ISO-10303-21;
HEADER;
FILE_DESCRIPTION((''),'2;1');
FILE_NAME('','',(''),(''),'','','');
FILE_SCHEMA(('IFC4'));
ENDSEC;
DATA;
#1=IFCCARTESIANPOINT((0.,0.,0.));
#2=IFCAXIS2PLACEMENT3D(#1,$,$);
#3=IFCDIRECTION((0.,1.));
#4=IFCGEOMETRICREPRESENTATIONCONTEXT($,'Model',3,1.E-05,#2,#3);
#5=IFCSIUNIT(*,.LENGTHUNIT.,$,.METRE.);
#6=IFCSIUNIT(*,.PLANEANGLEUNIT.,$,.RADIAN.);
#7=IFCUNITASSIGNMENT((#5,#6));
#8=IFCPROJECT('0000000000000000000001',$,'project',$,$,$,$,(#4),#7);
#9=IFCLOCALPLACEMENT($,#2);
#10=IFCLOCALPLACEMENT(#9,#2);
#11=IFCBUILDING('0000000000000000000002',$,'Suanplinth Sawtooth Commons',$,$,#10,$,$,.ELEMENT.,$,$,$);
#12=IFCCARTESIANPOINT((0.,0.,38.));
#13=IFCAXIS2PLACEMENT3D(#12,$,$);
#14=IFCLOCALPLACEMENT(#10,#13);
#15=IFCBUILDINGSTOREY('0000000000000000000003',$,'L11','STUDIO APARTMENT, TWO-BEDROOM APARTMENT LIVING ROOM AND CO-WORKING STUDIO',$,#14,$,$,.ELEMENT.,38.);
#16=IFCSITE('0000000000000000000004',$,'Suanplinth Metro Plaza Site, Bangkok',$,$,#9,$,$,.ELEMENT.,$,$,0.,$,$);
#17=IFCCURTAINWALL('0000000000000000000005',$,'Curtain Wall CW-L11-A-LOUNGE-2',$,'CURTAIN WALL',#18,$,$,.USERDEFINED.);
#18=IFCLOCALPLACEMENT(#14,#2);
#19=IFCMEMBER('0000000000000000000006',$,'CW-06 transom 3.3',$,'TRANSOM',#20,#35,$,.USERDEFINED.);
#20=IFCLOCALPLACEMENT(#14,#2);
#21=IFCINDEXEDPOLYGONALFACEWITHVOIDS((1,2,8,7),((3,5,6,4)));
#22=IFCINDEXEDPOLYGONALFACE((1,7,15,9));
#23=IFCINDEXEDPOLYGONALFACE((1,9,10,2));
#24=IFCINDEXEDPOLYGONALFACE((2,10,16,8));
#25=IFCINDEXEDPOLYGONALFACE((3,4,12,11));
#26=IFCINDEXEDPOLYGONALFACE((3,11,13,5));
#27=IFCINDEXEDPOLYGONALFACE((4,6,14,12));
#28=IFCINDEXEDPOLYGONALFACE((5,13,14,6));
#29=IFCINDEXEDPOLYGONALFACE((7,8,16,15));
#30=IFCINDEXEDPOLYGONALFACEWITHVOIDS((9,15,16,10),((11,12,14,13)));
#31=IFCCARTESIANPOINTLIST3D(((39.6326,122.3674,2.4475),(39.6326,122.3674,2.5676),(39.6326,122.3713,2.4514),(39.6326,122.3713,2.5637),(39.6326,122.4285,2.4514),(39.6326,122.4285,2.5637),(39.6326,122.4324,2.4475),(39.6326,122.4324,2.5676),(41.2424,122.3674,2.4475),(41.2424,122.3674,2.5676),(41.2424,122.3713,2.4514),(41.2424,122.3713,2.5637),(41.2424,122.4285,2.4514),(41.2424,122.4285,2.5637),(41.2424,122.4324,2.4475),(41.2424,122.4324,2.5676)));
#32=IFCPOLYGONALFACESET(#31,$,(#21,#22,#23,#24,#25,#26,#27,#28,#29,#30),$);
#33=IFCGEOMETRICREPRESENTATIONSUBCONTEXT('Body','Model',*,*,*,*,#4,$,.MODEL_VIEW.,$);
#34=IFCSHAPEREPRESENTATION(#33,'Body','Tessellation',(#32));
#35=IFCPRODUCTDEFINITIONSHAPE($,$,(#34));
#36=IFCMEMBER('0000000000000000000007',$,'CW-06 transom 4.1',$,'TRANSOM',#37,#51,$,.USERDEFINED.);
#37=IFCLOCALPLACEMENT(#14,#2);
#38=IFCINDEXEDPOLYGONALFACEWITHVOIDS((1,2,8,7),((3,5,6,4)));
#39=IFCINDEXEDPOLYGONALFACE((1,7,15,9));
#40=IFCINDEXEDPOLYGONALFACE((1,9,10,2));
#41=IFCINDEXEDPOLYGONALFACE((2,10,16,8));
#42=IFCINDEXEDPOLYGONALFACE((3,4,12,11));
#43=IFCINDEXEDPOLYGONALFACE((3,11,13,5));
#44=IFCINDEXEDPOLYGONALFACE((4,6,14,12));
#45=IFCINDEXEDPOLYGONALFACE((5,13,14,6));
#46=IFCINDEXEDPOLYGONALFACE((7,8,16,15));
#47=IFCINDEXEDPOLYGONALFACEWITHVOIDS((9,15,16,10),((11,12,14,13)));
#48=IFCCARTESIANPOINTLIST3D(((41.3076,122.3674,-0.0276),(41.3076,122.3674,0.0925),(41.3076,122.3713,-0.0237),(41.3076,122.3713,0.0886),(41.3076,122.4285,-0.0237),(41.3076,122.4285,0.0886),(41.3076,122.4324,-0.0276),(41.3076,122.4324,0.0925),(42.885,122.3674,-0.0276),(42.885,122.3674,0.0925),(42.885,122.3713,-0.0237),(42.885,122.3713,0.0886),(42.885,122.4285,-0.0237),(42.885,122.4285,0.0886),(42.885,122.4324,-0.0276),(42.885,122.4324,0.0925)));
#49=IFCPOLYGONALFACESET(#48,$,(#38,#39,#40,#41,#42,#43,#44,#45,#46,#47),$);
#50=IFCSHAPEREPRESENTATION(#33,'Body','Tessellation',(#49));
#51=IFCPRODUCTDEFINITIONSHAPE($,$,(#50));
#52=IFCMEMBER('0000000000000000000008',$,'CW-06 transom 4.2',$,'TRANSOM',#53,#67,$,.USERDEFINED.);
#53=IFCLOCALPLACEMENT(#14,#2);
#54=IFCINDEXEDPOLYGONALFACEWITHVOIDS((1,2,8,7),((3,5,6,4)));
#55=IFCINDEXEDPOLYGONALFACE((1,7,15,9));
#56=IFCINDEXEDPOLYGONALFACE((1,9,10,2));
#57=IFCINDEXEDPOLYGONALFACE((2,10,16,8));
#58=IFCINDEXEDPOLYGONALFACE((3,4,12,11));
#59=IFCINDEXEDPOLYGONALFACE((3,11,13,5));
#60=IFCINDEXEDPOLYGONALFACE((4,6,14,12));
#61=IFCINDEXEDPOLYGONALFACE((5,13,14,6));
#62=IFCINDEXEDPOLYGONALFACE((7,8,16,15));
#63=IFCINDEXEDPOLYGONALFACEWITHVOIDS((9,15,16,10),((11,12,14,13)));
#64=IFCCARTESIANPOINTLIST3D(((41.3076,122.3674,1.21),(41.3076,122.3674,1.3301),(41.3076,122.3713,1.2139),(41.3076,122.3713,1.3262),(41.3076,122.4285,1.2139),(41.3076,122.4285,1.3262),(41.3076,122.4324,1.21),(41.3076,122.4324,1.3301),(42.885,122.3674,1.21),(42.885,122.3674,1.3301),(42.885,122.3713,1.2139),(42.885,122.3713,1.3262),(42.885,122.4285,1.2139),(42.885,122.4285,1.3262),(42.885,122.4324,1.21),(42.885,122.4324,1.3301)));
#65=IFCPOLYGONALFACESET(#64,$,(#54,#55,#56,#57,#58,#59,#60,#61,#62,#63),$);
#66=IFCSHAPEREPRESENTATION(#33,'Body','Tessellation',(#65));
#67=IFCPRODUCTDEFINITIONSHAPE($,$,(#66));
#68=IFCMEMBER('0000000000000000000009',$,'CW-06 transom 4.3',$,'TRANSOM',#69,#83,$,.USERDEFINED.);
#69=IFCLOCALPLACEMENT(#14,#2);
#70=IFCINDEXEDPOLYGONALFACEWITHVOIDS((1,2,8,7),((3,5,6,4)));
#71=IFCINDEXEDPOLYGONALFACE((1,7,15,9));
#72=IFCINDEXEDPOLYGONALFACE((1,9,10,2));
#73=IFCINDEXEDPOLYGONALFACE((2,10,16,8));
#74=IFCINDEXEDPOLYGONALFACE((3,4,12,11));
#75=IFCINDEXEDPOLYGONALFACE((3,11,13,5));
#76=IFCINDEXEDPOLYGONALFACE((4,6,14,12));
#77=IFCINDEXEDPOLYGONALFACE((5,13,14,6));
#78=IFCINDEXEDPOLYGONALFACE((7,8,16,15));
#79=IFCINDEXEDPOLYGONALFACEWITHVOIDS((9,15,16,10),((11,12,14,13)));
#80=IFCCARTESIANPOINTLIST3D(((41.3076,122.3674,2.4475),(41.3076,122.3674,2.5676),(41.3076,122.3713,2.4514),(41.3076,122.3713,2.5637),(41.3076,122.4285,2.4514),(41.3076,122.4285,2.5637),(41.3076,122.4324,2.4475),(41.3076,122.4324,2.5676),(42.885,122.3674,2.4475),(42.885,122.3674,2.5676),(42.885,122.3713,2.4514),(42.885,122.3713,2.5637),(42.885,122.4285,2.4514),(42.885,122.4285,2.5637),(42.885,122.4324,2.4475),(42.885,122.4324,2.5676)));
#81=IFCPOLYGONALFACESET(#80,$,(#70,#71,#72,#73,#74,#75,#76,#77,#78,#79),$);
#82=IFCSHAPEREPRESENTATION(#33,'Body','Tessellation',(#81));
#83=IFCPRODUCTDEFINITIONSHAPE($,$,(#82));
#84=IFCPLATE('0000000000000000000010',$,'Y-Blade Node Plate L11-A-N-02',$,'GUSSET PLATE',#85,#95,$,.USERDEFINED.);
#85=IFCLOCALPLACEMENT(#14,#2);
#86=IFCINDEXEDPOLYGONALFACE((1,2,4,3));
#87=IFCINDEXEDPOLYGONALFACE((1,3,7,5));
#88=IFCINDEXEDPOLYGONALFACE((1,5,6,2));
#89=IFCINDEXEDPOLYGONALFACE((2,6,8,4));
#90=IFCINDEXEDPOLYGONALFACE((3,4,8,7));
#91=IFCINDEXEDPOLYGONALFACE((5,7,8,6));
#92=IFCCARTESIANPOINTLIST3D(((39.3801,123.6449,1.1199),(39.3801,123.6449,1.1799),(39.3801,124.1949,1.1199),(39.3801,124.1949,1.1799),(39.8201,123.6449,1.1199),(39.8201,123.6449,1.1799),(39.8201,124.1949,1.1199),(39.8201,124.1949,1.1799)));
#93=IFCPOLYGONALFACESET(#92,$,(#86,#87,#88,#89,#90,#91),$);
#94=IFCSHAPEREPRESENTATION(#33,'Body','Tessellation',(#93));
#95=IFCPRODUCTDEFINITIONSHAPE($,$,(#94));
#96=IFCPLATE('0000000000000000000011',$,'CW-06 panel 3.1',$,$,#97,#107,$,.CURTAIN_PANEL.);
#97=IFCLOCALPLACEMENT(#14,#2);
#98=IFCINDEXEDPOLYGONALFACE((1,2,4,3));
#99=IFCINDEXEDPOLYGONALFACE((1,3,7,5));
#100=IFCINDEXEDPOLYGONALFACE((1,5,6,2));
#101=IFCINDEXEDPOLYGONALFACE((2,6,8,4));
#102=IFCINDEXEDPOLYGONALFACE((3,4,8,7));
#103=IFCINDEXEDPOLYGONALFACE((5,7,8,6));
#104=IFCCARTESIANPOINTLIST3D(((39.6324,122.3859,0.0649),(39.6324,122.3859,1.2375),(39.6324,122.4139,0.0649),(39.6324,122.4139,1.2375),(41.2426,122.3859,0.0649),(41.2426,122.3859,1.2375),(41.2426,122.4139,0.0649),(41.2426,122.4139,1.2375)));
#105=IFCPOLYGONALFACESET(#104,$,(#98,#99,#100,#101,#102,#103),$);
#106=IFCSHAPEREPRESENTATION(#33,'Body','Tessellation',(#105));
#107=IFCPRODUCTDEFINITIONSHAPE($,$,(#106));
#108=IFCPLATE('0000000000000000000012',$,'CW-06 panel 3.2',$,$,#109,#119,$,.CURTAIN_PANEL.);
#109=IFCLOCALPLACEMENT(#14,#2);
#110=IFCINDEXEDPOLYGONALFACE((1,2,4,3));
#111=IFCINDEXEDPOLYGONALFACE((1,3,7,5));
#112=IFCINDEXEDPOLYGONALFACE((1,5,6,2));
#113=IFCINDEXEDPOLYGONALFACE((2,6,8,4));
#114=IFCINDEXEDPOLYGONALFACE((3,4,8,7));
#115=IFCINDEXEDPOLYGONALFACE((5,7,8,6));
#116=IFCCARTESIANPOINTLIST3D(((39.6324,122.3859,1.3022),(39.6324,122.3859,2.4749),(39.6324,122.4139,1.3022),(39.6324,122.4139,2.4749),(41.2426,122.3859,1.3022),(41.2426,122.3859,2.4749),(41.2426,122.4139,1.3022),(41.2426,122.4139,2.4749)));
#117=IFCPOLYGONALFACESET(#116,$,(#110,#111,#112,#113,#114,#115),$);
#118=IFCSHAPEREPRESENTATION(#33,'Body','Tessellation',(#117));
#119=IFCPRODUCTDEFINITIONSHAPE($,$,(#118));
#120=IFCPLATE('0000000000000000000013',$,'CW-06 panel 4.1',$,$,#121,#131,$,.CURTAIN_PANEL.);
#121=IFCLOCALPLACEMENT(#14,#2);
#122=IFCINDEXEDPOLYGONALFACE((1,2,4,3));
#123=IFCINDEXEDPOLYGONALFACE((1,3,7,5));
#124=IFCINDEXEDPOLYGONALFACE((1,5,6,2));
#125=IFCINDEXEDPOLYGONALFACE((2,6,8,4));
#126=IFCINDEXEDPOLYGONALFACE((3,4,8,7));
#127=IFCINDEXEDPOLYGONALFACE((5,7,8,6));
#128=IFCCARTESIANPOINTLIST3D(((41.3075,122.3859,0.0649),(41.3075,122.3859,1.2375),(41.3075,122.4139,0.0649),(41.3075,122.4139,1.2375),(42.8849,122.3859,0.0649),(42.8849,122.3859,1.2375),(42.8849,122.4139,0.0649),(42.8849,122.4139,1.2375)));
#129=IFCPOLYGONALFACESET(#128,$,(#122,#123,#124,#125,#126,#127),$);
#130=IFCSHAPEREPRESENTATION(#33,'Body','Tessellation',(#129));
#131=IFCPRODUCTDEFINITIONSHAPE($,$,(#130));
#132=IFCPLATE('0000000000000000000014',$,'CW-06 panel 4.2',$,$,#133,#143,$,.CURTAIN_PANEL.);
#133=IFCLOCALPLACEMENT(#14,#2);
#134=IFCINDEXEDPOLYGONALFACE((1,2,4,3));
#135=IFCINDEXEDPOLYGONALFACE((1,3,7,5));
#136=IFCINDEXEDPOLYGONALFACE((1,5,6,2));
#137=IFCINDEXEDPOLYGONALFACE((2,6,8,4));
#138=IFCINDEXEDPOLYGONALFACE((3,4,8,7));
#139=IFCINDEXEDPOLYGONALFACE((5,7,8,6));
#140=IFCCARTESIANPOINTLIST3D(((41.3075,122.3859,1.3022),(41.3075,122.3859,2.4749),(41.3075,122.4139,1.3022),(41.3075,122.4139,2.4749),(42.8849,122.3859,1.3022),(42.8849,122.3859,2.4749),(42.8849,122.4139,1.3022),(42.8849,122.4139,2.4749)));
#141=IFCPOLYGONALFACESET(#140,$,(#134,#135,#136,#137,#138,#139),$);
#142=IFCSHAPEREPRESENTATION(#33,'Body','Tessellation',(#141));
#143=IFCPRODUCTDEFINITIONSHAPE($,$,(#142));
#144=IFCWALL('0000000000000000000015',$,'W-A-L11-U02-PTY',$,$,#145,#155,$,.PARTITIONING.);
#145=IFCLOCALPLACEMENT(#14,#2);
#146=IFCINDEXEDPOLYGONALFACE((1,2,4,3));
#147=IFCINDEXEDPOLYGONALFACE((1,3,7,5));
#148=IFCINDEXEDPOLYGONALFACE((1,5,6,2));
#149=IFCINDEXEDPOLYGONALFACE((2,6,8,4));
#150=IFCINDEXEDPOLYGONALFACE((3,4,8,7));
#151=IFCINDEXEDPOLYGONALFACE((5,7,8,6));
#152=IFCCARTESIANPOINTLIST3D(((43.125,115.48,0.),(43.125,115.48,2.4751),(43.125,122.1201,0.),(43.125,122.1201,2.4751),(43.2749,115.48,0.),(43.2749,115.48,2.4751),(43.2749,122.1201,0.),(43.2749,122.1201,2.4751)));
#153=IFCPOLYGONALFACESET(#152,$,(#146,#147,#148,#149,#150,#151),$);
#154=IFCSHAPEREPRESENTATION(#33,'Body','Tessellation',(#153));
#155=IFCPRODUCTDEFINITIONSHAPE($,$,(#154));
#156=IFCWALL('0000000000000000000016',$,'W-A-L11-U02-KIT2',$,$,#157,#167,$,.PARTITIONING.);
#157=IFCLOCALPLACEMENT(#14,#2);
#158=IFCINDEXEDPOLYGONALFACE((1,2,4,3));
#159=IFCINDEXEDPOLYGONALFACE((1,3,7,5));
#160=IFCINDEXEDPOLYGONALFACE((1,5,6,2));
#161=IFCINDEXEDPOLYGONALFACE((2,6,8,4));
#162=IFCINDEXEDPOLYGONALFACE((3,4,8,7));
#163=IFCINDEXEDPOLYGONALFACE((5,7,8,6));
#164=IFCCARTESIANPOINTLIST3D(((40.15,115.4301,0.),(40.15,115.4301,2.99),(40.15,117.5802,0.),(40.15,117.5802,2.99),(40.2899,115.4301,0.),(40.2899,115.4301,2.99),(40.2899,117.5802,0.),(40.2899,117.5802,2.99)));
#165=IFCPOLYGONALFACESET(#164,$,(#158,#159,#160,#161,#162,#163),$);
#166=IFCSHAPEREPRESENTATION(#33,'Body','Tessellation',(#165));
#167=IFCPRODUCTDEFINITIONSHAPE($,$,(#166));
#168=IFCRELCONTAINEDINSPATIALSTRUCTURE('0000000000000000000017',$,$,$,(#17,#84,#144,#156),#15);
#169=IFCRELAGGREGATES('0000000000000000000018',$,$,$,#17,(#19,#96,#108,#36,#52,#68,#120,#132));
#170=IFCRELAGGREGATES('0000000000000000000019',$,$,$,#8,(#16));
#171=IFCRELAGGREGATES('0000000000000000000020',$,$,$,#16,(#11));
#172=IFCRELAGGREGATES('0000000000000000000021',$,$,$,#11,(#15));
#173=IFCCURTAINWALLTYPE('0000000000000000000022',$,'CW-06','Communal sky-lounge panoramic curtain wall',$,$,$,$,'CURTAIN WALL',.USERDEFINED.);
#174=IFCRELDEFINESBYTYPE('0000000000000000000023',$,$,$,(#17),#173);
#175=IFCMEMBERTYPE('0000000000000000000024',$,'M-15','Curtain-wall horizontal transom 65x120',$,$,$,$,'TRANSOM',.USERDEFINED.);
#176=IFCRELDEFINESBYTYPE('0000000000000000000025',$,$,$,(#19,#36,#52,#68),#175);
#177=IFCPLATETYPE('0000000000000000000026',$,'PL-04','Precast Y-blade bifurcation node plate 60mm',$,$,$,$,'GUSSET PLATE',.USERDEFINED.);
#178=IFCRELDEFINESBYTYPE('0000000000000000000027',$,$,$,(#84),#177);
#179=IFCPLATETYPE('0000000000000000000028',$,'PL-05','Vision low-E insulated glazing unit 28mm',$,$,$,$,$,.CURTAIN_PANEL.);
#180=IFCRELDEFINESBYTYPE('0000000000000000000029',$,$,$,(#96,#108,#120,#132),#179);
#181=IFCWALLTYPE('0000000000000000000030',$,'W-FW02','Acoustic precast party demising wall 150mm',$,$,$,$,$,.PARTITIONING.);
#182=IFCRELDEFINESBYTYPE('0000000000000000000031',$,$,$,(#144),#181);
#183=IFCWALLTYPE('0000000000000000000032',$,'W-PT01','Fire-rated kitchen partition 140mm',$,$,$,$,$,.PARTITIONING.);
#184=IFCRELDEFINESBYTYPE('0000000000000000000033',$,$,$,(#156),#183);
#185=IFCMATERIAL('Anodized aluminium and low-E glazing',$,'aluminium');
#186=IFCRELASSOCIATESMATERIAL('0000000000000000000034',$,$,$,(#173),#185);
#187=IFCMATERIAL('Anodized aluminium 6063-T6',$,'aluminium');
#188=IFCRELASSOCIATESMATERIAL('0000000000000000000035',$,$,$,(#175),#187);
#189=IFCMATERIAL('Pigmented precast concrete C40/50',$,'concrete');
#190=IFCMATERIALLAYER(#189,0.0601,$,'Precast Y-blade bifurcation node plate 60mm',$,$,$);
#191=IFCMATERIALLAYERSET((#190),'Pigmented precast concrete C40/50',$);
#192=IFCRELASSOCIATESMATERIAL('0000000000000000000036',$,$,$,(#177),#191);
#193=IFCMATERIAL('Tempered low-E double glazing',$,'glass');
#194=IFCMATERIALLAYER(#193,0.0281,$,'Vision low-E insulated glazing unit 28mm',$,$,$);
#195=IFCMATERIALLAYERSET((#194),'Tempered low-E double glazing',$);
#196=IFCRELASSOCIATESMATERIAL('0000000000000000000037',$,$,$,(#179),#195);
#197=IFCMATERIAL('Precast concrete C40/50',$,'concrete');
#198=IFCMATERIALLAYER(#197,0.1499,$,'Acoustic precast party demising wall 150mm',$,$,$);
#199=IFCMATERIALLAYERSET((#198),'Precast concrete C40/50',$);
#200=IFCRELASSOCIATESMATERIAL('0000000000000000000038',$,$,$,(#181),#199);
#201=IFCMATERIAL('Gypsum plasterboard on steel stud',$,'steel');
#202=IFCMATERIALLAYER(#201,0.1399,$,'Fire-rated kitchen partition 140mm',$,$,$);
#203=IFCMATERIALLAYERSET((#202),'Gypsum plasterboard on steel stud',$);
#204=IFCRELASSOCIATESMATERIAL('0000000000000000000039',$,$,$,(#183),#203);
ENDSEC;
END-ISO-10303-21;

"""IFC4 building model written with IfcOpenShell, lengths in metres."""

from ifc_helpers import new_model, si_unit, direction, frame, frame_2d, origin, origin_2d, place, context, subcontext, project, spatial, rectangle, hollow_rectangle, extrude, material, layer, layer_set, material_profile, profile_set, type_object, element, aggregate, save


model = new_model("IFC4")

# Units and contexts
model_context = context("Model", 3, precision=1e-05, world=origin(), true_north=direction((0.0, 1.0)))
body_context = subcontext(model_context, "Body", "Model", "MODEL_VIEW")
ifc_project = project(units=[si_unit("LENGTHUNIT", "METRE"), si_unit("PLANEANGLEUNIT", "RADIAN")], contexts=[model_context])

# Site, building, storey
site_placement = place(None, origin())
site = spatial("IfcSite", under=ifc_project, at=site_placement, Name="Suanplinth Metro Plaza Site, Bangkok", CompositionType="ELEMENT", RefElevation=0.0)
building_placement = place(site_placement, origin())
building = spatial("IfcBuilding", under=site, at=building_placement, Name="Suanplinth Sawtooth Commons", CompositionType="ELEMENT")
storey_placement = place(building_placement, frame((0.0, 0.0, 38.0)))
storey = spatial("IfcBuildingStorey", under=building, at=storey_placement, Name="L11", Description="STUDIO APARTMENT, TWO-BEDROOM APARTMENT LIVING ROOM AND CO-WORKING STUDIO", CompositionType="ELEMENT", Elevation=38.0)

# Shared definitions
ifc_material_1 = material(Name="Precast concrete C40/50", Category="concrete")

# Shared definitions
ifc_material_2 = material(Name="Pigmented precast concrete C40/50", Category="concrete")

# Curtain wall, members
ifc_material_3 = material(Name="Anodized aluminium and low-E glazing", Category="aluminium")
curtain_wall_type = type_object("IfcCurtainWallType", Name="CW-06", Description="Communal sky-lounge panoramic curtain wall", ElementType="CURTAIN WALL", PredefinedType="USERDEFINED", material=ifc_material_3)
curtain_wall_placement = place(storey_placement, origin())
curtain_wall = element("IfcCurtainWall", 1, at=curtain_wall_placement, inside=storey, type_object=curtain_wall_type, Name="Curtain Wall CW-L11-A-LOUNGE-2", ObjectType="CURTAIN WALL", PredefinedType="USERDEFINED")
ifc_material_4 = material(Name="Anodized aluminium 6063-T6", Category="aluminium")
ifc_material_profile_1 = material_profile(ifc_material_4, hollow_rectangle(XDim=0.0649, YDim=0.1201, WallThickness=0.0039, at=origin_2d()), Name="ALU-TRN 65x120")
ifc_profile_set_1 = profile_set([ifc_material_profile_1], Name="Anodized aluminium 6063-T6")
member_type_1 = type_object("IfcMemberType", Name="M-15", Description="Curtain-wall horizontal transom 65x120", ElementType="TRANSOM", PredefinedType="USERDEFINED", material=ifc_profile_set_1)
member_1_placement = place(storey_placement, frame((39.6326, 122.3999, 2.5076), z_axis=(1.0, 0.0, 0.0), x_axis=(0.0, 1.0, 0.0)))
member_1 = element("IfcMember", 2, at=member_1_placement, type_object=member_type_1, Name="CW-06 transom 3.3", ObjectType="TRANSOM", PredefinedType="USERDEFINED", context=body_context, shape_type="SweptSolid", body=[
    extrude(hollow_rectangle(XDim=0.0649, YDim=0.1201, WallThickness=0.0039, at=origin_2d()), origin(), (0.0, 0.0, 1.0), 1.6099),
])
member_2_placement = place(storey_placement, frame((41.3076, 122.3999, 0.0325), z_axis=(1.0, 0.0, 0.0), x_axis=(0.0, 1.0, 0.0)))
member_2 = element("IfcMember", 3, at=member_2_placement, type_object=member_type_1, Name="CW-06 transom 4.1", ObjectType="TRANSOM", PredefinedType="USERDEFINED", context=body_context, shape_type="SweptSolid", body=[
    extrude(hollow_rectangle(XDim=0.0649, YDim=0.1201, WallThickness=0.0039, at=origin_2d()), origin(), (0.0, 0.0, 1.0), 1.5774),
])
member_3_placement = place(storey_placement, frame((41.3076, 122.3999, 1.27), z_axis=(1.0, 0.0, 0.0), x_axis=(0.0, 1.0, 0.0)))
member_3 = element("IfcMember", 4, at=member_3_placement, type_object=member_type_1, Name="CW-06 transom 4.2", ObjectType="TRANSOM", PredefinedType="USERDEFINED", context=body_context, shape_type="SweptSolid", body=[
    extrude(hollow_rectangle(XDim=0.0649, YDim=0.1201, WallThickness=0.0039, at=origin_2d()), origin(), (0.0, 0.0, 1.0), 1.5774),
])
member_4_placement = place(storey_placement, frame((41.3076, 122.3999, 2.5076), z_axis=(1.0, 0.0, 0.0), x_axis=(0.0, 1.0, 0.0)))
member_4 = element("IfcMember", 5, at=member_4_placement, type_object=member_type_1, Name="CW-06 transom 4.3", ObjectType="TRANSOM", PredefinedType="USERDEFINED", context=body_context, shape_type="SweptSolid", body=[
    extrude(hollow_rectangle(XDim=0.0649, YDim=0.1201, WallThickness=0.0039, at=origin_2d()), origin(), (0.0, 0.0, 1.0), 1.5774),
])

# Plates
ifc_layer_1 = layer(ifc_material_2, 0.0601, Name="Precast Y-blade bifurcation node plate 60mm")
ifc_layer_set_1 = layer_set([ifc_layer_1], Name="Pigmented precast concrete C40/50")
plate_type_1 = type_object("IfcPlateType", Name="PL-04", Description="Precast Y-blade bifurcation node plate 60mm", ElementType="GUSSET PLATE", PredefinedType="USERDEFINED", material=ifc_layer_set_1)
plate_1_placement = place(storey_placement, frame((39.6001, 123.9199, 1.1199), z_axis=(0.0, 0.0, 1.0), x_axis=(1.0, 0.0, 0.0)))
element("IfcPlate", 6, at=plate_1_placement, inside=storey, type_object=plate_type_1, Name="Y-Blade Node Plate L11-A-N-02", ObjectType="GUSSET PLATE", PredefinedType="USERDEFINED", context=body_context, shape_type="SweptSolid", body=[
    extrude(rectangle(XDim=0.4399, YDim=0.55, at=origin_2d()), origin(), (0.0, 0.0, 1.0), 0.0601),
])
ifc_material_5 = material(Name="Tempered low-E double glazing", Category="glass")
ifc_layer_2 = layer(ifc_material_5, 0.0281, Name="Vision low-E insulated glazing unit 28mm")
ifc_layer_set_2 = layer_set([ifc_layer_2], Name="Tempered low-E double glazing")
plate_type_2 = type_object("IfcPlateType", Name="PL-05", Description="Vision low-E insulated glazing unit 28mm", PredefinedType="CURTAIN_PANEL", material=ifc_layer_set_2)
plate_2_placement = place(storey_placement, frame((40.4375, 122.3999, 0.0649), z_axis=(0.0, 0.0, 1.0), x_axis=(1.0, 0.0, 0.0)))
plate_2 = element("IfcPlate", 7, at=plate_2_placement, type_object=plate_type_2, Name="CW-06 panel 3.1", PredefinedType="CURTAIN_PANEL", context=body_context, shape_type="SweptSolid", body=[
    extrude(rectangle(XDim=1.6101, YDim=0.0281, at=origin_2d()), origin(), (0.0, 0.0, 1.0), 1.1726),
])
plate_3_placement = place(storey_placement, frame((40.4375, 122.3999, 1.3022), z_axis=(0.0, 0.0, 1.0), x_axis=(1.0, 0.0, 0.0)))
plate_3 = element("IfcPlate", 8, at=plate_3_placement, type_object=plate_type_2, Name="CW-06 panel 3.2", PredefinedType="CURTAIN_PANEL", context=body_context, shape_type="SweptSolid", body=[
    extrude(rectangle(XDim=1.6101, YDim=0.0281, at=origin_2d()), origin(), (0.0, 0.0, 1.0), 1.1726),
])
plate_4_placement = place(storey_placement, frame((42.0962, 122.3999, 0.0649), z_axis=(0.0, 0.0, 1.0), x_axis=(1.0, 0.0, 0.0)))
plate_4 = element("IfcPlate", 9, at=plate_4_placement, type_object=plate_type_2, Name="CW-06 panel 4.1", PredefinedType="CURTAIN_PANEL", context=body_context, shape_type="SweptSolid", body=[
    extrude(rectangle(XDim=1.5774, YDim=0.0281, at=origin_2d()), origin(), (0.0, 0.0, 1.0), 1.1726),
])
plate_5_placement = place(storey_placement, frame((42.0962, 122.3999, 1.3022), z_axis=(0.0, 0.0, 1.0), x_axis=(1.0, 0.0, 0.0)))
plate_5 = element("IfcPlate", 10, at=plate_5_placement, type_object=plate_type_2, Name="CW-06 panel 4.2", PredefinedType="CURTAIN_PANEL", context=body_context, shape_type="SweptSolid", body=[
    extrude(rectangle(XDim=1.5774, YDim=0.0281, at=origin_2d()), origin(), (0.0, 0.0, 1.0), 1.1726),
])
aggregate(curtain_wall, [member_1, plate_2, plate_3, member_2, member_3, member_4, plate_4, plate_5])

# Walls
ifc_layer_3 = layer(ifc_material_1, 0.1499, Name="Acoustic precast party demising wall 150mm")
ifc_layer_set_3 = layer_set([ifc_layer_3], Name="Precast concrete C40/50")
wall_type_1 = type_object("IfcWallType", Name="W-FW02", Description="Acoustic precast party demising wall 150mm", PredefinedType="PARTITIONING", material=ifc_layer_set_3)
wall_1_placement = place(storey_placement, frame((43.2, 115.48, 0.0), z_axis=(0.0, 0.0, 1.0), x_axis=(0.0, 1.0, 0.0)))
element("IfcWall", 11, at=wall_1_placement, inside=storey, type_object=wall_type_1, Name="W-A-L11-U02-PTY", PredefinedType="PARTITIONING", context=body_context, shape_type="SweptSolid", body=[
    extrude(rectangle(XDim=6.6401, YDim=0.1499, at=frame_2d((3.3201, 0.0))), origin(), (0.0, 0.0, 1.0), 2.4751),
])
ifc_material_6 = material(Name="Gypsum plasterboard on steel stud", Category="steel")
ifc_layer_4 = layer(ifc_material_6, 0.1399, Name="Fire-rated kitchen partition 140mm")
ifc_layer_set_4 = layer_set([ifc_layer_4], Name="Gypsum plasterboard on steel stud")
wall_type_2 = type_object("IfcWallType", Name="W-PT01", Description="Fire-rated kitchen partition 140mm", PredefinedType="PARTITIONING", material=ifc_layer_set_4)
wall_2_placement = place(storey_placement, frame((40.22, 115.4299, 0.0), z_axis=(0.0, 0.0, 1.0), x_axis=(0.0, 1.0, 0.0)))
element("IfcWall", 12, at=wall_2_placement, inside=storey, type_object=wall_type_2, Name="W-A-L11-U02-KIT2", PredefinedType="PARTITIONING", context=body_context, shape_type="SweptSolid", body=[
    extrude(rectangle(XDim=2.1501, YDim=0.1399, at=frame_2d((1.0752, 0.0))), origin(), (0.0, 0.0, 1.0), 2.99),
])

save(model, "model.ifc")
